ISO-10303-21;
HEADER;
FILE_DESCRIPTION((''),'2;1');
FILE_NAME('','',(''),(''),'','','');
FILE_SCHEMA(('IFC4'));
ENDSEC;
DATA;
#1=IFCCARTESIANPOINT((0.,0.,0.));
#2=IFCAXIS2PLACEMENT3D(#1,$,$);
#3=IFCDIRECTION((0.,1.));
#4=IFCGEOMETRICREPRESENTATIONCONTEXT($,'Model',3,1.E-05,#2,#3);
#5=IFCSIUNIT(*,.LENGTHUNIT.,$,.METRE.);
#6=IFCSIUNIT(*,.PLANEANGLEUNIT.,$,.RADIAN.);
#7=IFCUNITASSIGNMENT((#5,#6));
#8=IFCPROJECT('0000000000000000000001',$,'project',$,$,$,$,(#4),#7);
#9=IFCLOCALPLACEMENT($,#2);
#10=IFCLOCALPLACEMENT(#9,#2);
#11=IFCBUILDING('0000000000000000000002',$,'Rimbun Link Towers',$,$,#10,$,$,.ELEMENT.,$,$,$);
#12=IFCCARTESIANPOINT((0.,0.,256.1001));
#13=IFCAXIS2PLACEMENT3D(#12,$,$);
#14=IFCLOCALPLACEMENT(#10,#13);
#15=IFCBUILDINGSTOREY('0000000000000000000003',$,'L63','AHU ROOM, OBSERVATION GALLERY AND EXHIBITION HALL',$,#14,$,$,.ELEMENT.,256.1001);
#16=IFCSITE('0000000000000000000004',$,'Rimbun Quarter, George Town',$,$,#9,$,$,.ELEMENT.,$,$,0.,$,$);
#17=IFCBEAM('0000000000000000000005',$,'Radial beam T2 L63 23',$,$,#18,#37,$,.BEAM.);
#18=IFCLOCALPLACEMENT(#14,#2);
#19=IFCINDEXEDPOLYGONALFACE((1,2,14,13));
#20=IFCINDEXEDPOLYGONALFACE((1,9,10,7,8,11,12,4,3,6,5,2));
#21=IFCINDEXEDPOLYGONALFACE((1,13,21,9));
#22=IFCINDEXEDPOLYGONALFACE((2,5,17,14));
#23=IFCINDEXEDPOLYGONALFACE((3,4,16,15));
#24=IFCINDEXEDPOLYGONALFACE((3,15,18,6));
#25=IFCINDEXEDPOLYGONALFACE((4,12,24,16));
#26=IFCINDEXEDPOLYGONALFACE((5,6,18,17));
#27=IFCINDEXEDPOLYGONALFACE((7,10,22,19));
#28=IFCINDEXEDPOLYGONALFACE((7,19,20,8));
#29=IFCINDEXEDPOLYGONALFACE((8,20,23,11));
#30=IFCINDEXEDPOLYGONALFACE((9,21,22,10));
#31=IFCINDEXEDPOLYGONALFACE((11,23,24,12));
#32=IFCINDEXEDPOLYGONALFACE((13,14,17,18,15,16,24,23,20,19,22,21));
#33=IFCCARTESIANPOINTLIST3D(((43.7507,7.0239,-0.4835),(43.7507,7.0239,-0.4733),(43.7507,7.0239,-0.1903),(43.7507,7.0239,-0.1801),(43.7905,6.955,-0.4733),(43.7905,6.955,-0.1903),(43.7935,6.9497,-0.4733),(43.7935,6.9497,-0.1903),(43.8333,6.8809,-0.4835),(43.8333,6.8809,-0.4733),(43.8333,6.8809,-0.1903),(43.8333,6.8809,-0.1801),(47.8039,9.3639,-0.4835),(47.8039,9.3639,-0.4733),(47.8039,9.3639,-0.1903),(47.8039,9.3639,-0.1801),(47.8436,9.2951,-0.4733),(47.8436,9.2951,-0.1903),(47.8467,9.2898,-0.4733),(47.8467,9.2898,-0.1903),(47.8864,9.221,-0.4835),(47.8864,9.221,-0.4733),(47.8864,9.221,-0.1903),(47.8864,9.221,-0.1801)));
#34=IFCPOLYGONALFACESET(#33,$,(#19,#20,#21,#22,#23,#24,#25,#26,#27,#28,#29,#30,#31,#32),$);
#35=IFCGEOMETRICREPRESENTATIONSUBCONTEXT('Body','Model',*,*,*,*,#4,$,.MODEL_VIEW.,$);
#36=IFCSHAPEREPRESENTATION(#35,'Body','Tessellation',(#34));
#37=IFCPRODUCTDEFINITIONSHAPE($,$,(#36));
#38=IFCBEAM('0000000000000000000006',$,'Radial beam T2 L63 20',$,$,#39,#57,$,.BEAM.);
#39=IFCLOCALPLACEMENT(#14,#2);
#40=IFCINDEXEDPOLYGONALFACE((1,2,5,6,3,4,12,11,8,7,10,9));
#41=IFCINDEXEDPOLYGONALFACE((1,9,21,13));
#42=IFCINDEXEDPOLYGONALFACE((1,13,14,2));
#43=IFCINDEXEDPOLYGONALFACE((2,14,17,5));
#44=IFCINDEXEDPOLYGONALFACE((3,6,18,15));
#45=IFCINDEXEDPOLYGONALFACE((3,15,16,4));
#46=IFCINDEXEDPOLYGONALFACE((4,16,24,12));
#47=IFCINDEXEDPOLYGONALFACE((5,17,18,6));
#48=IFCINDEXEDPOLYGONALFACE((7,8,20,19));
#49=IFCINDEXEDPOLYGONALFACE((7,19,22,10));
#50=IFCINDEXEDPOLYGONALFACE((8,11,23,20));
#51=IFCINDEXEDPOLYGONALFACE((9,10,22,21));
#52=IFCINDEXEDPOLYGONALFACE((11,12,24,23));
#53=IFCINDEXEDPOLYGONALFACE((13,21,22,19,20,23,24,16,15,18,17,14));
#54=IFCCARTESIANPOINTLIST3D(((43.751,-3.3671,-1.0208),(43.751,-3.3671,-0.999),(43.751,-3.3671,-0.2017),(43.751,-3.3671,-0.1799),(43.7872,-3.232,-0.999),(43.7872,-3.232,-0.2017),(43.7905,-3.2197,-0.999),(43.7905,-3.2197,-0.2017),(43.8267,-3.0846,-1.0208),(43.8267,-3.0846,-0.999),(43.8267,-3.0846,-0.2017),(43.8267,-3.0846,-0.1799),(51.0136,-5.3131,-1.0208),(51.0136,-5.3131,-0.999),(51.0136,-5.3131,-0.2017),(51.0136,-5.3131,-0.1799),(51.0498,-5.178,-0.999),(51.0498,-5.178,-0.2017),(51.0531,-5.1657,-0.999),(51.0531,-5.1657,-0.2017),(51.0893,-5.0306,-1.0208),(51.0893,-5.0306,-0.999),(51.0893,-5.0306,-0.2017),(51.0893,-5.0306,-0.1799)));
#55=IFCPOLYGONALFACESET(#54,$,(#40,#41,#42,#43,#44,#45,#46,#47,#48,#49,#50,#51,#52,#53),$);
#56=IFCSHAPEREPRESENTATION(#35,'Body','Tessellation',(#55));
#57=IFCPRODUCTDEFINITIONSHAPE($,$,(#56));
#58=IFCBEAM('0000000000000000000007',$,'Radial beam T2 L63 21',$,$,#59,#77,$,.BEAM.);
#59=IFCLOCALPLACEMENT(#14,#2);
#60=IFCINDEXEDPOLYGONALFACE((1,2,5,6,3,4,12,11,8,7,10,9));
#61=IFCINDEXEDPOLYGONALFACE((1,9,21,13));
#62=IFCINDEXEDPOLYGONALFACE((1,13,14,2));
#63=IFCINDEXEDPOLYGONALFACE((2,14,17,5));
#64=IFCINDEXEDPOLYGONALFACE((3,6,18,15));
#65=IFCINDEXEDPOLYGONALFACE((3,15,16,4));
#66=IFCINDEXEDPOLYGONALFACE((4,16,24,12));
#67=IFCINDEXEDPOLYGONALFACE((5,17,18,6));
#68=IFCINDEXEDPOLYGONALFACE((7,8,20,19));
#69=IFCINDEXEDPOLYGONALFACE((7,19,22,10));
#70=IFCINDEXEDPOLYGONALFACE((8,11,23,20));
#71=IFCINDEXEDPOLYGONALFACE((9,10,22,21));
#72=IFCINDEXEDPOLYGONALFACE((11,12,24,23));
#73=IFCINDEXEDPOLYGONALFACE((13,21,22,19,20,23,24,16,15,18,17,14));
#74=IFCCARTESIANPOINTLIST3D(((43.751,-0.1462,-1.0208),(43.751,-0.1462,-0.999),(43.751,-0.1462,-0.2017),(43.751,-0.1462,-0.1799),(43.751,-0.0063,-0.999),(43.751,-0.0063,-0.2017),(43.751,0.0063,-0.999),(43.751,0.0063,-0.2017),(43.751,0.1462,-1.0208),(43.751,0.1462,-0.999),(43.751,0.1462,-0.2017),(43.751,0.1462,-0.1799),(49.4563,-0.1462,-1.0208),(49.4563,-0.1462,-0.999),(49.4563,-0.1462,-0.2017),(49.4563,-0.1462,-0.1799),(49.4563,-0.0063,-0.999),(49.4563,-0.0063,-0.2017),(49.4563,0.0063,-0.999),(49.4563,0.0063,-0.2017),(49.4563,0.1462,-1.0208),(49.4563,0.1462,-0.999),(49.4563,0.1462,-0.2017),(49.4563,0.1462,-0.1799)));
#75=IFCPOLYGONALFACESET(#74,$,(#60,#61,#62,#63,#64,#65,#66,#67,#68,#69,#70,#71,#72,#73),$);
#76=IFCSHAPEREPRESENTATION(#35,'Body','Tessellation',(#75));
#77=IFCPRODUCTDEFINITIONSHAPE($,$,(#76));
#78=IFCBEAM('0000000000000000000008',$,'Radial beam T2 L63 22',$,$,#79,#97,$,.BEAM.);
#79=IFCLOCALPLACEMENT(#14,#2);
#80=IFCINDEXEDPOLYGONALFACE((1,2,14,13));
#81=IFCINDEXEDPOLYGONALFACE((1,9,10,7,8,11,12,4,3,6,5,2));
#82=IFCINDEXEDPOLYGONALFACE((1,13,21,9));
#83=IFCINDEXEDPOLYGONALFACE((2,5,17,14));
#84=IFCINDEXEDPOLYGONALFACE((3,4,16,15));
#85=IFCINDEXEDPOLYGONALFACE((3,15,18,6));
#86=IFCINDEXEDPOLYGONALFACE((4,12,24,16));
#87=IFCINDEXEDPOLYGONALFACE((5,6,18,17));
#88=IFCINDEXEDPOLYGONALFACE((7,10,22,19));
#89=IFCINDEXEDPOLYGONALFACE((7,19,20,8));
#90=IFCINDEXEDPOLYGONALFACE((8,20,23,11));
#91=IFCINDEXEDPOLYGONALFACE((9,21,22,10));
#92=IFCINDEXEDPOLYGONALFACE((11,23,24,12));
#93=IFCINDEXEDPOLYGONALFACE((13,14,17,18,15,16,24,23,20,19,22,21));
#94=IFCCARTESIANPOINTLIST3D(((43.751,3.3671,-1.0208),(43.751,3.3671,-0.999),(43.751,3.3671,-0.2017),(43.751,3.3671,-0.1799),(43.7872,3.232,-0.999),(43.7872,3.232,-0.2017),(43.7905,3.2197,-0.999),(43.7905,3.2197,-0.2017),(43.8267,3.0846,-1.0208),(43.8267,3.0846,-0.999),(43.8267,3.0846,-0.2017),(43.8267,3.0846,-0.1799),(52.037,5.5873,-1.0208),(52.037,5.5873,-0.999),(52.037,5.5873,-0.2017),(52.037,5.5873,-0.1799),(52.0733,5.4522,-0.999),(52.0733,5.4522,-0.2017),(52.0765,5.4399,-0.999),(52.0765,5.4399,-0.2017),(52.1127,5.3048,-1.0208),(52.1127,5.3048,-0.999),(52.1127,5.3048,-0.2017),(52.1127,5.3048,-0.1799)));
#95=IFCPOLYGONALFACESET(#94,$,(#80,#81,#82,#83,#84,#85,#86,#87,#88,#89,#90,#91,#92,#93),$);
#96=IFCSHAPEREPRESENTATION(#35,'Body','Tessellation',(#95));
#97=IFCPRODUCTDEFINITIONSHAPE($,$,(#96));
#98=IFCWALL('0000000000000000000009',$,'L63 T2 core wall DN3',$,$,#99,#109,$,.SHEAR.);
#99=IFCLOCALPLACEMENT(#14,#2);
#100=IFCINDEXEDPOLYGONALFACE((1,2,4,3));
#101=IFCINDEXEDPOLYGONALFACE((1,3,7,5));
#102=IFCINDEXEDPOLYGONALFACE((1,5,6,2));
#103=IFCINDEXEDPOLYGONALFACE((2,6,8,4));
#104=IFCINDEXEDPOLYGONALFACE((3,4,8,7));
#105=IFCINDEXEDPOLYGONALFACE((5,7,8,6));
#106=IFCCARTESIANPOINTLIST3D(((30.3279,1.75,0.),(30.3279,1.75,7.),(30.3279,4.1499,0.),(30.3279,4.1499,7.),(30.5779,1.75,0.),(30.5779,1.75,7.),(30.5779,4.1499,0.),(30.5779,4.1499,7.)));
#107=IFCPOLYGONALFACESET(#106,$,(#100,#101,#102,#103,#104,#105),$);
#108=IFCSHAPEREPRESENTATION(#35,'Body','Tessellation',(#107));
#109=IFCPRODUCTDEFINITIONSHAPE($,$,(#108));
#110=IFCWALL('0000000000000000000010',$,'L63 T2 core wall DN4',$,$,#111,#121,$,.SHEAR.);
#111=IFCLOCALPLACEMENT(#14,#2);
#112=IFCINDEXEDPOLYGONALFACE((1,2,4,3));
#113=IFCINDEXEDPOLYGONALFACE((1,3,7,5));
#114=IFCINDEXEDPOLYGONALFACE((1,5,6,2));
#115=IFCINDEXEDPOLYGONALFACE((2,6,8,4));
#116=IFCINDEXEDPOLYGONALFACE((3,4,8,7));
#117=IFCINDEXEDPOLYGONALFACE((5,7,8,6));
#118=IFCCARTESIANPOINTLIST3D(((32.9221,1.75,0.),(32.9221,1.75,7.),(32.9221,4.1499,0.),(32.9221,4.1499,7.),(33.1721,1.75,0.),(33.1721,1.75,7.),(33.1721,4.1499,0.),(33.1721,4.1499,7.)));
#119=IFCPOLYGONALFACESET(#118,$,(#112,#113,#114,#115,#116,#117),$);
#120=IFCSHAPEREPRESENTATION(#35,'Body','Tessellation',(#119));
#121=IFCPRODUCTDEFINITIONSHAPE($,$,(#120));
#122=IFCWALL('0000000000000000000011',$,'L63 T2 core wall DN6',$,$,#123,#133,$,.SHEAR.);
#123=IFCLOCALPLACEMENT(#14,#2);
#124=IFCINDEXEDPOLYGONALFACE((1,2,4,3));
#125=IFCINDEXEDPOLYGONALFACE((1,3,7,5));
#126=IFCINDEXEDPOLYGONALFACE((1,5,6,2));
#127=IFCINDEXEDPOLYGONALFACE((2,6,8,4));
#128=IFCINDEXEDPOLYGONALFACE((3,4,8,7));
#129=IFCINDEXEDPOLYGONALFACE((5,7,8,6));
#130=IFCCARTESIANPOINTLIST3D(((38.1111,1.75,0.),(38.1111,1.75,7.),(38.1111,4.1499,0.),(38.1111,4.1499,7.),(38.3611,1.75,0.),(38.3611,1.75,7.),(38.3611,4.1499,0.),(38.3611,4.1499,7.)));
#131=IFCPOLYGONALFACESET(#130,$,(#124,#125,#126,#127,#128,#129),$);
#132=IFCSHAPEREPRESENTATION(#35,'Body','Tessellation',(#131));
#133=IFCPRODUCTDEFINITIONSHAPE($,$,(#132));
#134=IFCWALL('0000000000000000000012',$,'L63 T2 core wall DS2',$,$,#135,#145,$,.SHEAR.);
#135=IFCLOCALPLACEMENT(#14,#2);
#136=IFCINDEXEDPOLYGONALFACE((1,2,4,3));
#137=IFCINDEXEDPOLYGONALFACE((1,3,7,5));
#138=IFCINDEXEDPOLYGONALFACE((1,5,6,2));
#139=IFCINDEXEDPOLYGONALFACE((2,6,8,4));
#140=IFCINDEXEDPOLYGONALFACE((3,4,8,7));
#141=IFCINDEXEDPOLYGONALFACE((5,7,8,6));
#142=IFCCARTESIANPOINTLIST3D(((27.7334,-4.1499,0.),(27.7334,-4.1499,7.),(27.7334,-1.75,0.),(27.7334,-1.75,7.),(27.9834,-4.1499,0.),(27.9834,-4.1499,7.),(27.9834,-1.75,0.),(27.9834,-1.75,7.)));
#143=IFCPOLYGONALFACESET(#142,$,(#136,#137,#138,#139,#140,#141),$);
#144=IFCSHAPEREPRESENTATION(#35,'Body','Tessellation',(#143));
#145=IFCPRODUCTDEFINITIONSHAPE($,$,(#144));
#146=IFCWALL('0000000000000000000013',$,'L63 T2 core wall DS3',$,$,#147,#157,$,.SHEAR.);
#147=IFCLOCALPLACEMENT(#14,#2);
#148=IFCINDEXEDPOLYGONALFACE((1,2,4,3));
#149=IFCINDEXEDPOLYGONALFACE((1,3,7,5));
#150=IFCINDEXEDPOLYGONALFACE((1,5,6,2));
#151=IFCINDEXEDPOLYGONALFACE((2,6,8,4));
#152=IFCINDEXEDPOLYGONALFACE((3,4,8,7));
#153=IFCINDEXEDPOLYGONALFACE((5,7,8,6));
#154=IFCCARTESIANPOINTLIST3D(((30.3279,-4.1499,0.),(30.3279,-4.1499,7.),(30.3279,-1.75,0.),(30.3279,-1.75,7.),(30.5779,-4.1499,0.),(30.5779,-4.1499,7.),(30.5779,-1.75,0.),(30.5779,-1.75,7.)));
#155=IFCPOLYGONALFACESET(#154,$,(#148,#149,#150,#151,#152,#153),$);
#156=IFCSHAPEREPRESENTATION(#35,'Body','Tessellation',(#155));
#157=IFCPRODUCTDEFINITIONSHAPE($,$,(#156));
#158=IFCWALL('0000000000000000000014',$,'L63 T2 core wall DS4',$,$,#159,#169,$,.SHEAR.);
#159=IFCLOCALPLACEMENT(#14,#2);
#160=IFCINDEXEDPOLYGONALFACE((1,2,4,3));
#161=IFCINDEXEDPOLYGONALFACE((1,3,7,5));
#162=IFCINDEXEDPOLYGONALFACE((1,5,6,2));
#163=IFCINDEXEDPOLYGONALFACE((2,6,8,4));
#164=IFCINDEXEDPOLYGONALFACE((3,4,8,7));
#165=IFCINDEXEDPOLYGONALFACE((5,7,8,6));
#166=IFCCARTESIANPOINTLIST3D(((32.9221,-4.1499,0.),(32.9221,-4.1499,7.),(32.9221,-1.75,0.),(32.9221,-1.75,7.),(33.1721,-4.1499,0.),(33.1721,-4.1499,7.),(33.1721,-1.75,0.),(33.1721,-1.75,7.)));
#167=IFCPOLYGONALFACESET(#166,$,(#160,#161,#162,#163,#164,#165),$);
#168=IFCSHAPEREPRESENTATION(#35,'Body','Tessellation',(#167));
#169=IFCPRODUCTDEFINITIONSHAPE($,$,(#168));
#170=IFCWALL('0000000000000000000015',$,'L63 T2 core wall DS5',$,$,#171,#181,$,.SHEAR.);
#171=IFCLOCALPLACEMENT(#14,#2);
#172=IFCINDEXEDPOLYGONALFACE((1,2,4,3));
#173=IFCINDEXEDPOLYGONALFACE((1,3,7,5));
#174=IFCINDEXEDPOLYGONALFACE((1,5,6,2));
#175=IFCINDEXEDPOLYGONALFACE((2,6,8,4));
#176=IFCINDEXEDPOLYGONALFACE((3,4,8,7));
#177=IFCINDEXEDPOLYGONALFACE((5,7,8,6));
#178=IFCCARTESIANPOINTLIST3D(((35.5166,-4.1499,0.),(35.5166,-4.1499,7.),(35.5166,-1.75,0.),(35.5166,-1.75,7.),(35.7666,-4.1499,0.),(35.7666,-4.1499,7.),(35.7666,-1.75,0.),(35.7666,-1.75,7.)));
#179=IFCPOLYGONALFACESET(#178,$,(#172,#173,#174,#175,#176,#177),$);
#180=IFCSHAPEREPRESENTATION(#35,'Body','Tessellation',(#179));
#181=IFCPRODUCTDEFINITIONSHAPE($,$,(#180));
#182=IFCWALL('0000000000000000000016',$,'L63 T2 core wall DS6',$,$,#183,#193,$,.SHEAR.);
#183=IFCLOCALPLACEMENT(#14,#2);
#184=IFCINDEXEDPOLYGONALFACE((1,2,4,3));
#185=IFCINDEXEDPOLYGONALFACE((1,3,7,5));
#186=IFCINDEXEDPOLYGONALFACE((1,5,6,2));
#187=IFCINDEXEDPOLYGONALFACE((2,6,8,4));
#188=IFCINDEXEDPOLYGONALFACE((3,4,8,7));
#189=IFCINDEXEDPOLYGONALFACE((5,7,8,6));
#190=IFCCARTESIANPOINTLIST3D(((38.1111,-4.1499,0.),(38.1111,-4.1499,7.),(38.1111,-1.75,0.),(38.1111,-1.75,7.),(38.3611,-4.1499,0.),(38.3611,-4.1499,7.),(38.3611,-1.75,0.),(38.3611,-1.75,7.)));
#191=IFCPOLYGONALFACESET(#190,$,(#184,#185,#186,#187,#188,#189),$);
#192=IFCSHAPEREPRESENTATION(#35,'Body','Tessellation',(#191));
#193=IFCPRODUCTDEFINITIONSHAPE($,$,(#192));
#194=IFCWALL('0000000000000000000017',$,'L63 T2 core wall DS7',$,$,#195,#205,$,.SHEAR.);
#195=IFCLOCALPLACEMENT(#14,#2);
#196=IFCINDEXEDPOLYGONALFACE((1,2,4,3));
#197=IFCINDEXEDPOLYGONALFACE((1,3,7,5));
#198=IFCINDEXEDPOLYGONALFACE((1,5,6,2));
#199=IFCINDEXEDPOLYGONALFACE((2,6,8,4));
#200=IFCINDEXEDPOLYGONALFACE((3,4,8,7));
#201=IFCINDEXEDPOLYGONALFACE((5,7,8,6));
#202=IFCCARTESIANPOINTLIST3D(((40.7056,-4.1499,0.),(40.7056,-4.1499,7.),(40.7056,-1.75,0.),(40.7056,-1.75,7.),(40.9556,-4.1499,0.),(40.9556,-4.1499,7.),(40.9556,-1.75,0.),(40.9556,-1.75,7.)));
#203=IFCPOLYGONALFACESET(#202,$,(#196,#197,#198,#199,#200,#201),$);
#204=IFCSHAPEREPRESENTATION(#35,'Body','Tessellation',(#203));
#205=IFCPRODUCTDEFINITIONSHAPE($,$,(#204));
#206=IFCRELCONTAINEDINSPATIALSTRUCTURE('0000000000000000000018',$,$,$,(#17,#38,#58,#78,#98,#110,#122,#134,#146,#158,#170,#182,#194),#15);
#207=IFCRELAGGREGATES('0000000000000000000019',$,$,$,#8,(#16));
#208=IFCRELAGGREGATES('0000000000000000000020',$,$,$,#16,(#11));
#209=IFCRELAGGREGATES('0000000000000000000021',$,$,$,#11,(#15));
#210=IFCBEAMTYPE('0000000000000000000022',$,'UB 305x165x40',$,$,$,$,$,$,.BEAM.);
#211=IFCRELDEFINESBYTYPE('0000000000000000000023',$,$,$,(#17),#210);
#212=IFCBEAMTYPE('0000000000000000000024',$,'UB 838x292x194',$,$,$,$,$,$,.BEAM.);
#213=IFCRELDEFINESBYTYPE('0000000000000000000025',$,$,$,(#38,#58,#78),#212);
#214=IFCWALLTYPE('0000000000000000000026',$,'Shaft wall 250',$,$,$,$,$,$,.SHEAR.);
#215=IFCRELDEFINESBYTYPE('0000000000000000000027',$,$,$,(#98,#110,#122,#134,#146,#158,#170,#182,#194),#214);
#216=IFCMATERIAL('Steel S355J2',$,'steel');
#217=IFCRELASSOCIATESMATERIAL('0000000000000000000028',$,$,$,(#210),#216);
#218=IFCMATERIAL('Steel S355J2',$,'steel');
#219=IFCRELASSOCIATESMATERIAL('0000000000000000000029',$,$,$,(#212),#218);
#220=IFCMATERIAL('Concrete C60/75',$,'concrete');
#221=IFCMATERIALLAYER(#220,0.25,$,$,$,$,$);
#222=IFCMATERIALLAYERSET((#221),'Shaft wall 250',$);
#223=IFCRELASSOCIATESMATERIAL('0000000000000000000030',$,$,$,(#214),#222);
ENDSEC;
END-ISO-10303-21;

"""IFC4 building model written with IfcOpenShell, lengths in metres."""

from ifc_helpers import new_model, si_unit, direction, frame, frame_2d, origin, origin_2d, place, context, subcontext, project, spatial, rectangle, i_section, extrude, material, layer, layer_set, material_profile, profile_set, type_object, element, save


model = new_model("IFC4")

# Units and contexts
model_context = context("Model", 3, precision=1e-05, world=origin(), true_north=direction((0.0, 1.0)))
body_context = subcontext(model_context, "Body", "Model", "MODEL_VIEW")
ifc_project = project(units=[si_unit("LENGTHUNIT", "METRE"), si_unit("PLANEANGLEUNIT", "RADIAN")], contexts=[model_context])

# Site, building, storey
site_placement = place(None, origin())
site = spatial("IfcSite", under=ifc_project, at=site_placement, Name="Rimbun Quarter, George Town", CompositionType="ELEMENT", RefElevation=0.0)
building_placement = place(site_placement, origin())
building = spatial("IfcBuilding", under=site, at=building_placement, Name="Rimbun Link Towers", CompositionType="ELEMENT")
storey_placement = place(building_placement, frame((0.0, 0.0, 256.1001)))
storey = spatial("IfcBuildingStorey", under=building, at=storey_placement, Name="L63", Description="AHU ROOM, OBSERVATION GALLERY AND EXHIBITION HALL", CompositionType="ELEMENT", Elevation=256.1001)

# Beams
ifc_material_1 = material(Name="Steel S355J2", Category="steel")
ifc_material_profile_1 = material_profile(ifc_material_1, i_section(OverallWidth=0.165, OverallDepth=0.3035, WebThickness=0.0061, FlangeThickness=0.0103, at=origin_2d()), Name="UB 305x165x40")
ifc_profile_set_1 = profile_set([ifc_material_profile_1], Name="Steel S355J2")
beam_type_1 = type_object("IfcBeamType", Name="UB 305x165x40", PredefinedType="BEAM", material=ifc_profile_set_1)
beam_1_placement = place(storey_placement, frame((43.792, 6.9524, -0.3318), z_axis=(0.866029, 0.499993, 0.0), x_axis=(-0.499993, 0.866029, 0.0)))
element("IfcBeam", 1, at=beam_1_placement, inside=storey, type_object=beam_type_1, Name="Radial beam T2 L63 23", PredefinedType="BEAM", context=body_context, shape_type="SweptSolid", body=[
    extrude(i_section(OverallWidth=0.165, OverallDepth=0.3035, WebThickness=0.0061, FlangeThickness=0.0103, at=origin_2d()), origin(), (0.0, 0.0, 1.0), 4.6802),
])
ifc_material_2 = material(Name="Steel S355J2", Category="steel")
ifc_material_profile_2 = material_profile(ifc_material_2, i_section(OverallWidth=0.2925, OverallDepth=0.8408, WebThickness=0.0127, FlangeThickness=0.0217, at=origin_2d()), Name="UB 838x292x194")
ifc_profile_set_2 = profile_set([ifc_material_profile_2], Name="Steel S355J2")
beam_type_2 = type_object("IfcBeamType", Name="UB 838x292x194", PredefinedType="BEAM", material=ifc_profile_set_2)
beam_2_placement = place(storey_placement, frame((43.7888, -3.2258, -0.6003), z_axis=(0.965925, -0.25882, 0.0), x_axis=(0.25882, 0.965925, 0.0)))
element("IfcBeam", 2, at=beam_2_placement, inside=storey, type_object=beam_type_2, Name="Radial beam T2 L63 20", PredefinedType="BEAM", context=body_context, shape_type="SweptSolid", body=[
    extrude(i_section(OverallWidth=0.2925, OverallDepth=0.8408, WebThickness=0.0127, FlangeThickness=0.0217, at=origin_2d()), origin(), (0.0, 0.0, 1.0), 7.5188),
])
beam_3_placement = place(storey_placement, frame((43.751, 0.0, -0.6003), z_axis=(1.0, 0.0, 0.0), x_axis=(0.0, 1.0, 0.0)))
element("IfcBeam", 3, at=beam_3_placement, inside=storey, type_object=beam_type_2, Name="Radial beam T2 L63 21", PredefinedType="BEAM", context=body_context, shape_type="SweptSolid", body=[
    extrude(i_section(OverallWidth=0.2925, OverallDepth=0.8408, WebThickness=0.0127, FlangeThickness=0.0217, at=origin_2d()), origin(), (0.0, 0.0, 1.0), 5.7053),
])
beam_4_placement = place(storey_placement, frame((43.7888, 3.2258, -0.6003), z_axis=(0.965927, 0.258814, 0.0), x_axis=(-0.258814, 0.965927, 0.0)))
element("IfcBeam", 4, at=beam_4_placement, inside=storey, type_object=beam_type_2, Name="Radial beam T2 L63 22", PredefinedType="BEAM", context=body_context, shape_type="SweptSolid", body=[
    extrude(i_section(OverallWidth=0.2925, OverallDepth=0.8408, WebThickness=0.0127, FlangeThickness=0.0217, at=origin_2d()), origin(), (0.0, 0.0, 1.0), 8.5784),
])

# Walls
ifc_material_3 = material(Name="Concrete C60/75", Category="concrete")
ifc_layer = layer(ifc_material_3, 0.25)
ifc_layer_set = layer_set([ifc_layer], Name="Shaft wall 250")
wall_type = type_object("IfcWallType", Name="Shaft wall 250", PredefinedType="SHEAR", material=ifc_layer_set)
for number, where, z_axis, x_axis, name in (
    (5, (30.4529, 1.75, 0.0), (0.0, 0.0, 1.0), (0.0, 1.0, 0.0), "L63 T2 core wall DN3"),
    (6, (33.0471, 1.75, 0.0), (0.0, 0.0, 1.0), (0.0, 1.0, 0.0), "L63 T2 core wall DN4"),
    (7, (38.2361, 1.75, 0.0), (0.0, 0.0, 1.0), (0.0, 1.0, 0.0), "L63 T2 core wall DN6"),
    (8, (27.8584, -4.1499, 0.0), (0.0, 0.0, 1.0), (0.0, 1.0, 0.0), "L63 T2 core wall DS2"),
    (9, (30.4529, -4.1499, 0.0), (0.0, 0.0, 1.0), (0.0, 1.0, 0.0), "L63 T2 core wall DS3"),
    (10, (33.0471, -4.1499, 0.0), (0.0, 0.0, 1.0), (0.0, 1.0, 0.0), "L63 T2 core wall DS4"),
    (11, (35.6416, -4.1499, 0.0), (0.0, 0.0, 1.0), (0.0, 1.0, 0.0), "L63 T2 core wall DS5"),
    (12, (38.2361, -4.1499, 0.0), (0.0, 0.0, 1.0), (0.0, 1.0, 0.0), "L63 T2 core wall DS6"),
    (13, (40.8306, -4.1499, 0.0), (0.0, 0.0, 1.0), (0.0, 1.0, 0.0), "L63 T2 core wall DS7"),
):
    element("IfcWall", number, at=place(storey_placement, frame(where, z_axis=z_axis, x_axis=x_axis)), inside=storey, type_object=wall_type, Name=name, PredefinedType="SHEAR", context=body_context, shape_type="SweptSolid", body=[
        extrude(rectangle(XDim=2.3999, YDim=0.25, at=frame_2d((1.2, 0.0))), origin(), (0.0, 0.0, 1.0), 7.0),
    ])

save(model, "model.ifc")
